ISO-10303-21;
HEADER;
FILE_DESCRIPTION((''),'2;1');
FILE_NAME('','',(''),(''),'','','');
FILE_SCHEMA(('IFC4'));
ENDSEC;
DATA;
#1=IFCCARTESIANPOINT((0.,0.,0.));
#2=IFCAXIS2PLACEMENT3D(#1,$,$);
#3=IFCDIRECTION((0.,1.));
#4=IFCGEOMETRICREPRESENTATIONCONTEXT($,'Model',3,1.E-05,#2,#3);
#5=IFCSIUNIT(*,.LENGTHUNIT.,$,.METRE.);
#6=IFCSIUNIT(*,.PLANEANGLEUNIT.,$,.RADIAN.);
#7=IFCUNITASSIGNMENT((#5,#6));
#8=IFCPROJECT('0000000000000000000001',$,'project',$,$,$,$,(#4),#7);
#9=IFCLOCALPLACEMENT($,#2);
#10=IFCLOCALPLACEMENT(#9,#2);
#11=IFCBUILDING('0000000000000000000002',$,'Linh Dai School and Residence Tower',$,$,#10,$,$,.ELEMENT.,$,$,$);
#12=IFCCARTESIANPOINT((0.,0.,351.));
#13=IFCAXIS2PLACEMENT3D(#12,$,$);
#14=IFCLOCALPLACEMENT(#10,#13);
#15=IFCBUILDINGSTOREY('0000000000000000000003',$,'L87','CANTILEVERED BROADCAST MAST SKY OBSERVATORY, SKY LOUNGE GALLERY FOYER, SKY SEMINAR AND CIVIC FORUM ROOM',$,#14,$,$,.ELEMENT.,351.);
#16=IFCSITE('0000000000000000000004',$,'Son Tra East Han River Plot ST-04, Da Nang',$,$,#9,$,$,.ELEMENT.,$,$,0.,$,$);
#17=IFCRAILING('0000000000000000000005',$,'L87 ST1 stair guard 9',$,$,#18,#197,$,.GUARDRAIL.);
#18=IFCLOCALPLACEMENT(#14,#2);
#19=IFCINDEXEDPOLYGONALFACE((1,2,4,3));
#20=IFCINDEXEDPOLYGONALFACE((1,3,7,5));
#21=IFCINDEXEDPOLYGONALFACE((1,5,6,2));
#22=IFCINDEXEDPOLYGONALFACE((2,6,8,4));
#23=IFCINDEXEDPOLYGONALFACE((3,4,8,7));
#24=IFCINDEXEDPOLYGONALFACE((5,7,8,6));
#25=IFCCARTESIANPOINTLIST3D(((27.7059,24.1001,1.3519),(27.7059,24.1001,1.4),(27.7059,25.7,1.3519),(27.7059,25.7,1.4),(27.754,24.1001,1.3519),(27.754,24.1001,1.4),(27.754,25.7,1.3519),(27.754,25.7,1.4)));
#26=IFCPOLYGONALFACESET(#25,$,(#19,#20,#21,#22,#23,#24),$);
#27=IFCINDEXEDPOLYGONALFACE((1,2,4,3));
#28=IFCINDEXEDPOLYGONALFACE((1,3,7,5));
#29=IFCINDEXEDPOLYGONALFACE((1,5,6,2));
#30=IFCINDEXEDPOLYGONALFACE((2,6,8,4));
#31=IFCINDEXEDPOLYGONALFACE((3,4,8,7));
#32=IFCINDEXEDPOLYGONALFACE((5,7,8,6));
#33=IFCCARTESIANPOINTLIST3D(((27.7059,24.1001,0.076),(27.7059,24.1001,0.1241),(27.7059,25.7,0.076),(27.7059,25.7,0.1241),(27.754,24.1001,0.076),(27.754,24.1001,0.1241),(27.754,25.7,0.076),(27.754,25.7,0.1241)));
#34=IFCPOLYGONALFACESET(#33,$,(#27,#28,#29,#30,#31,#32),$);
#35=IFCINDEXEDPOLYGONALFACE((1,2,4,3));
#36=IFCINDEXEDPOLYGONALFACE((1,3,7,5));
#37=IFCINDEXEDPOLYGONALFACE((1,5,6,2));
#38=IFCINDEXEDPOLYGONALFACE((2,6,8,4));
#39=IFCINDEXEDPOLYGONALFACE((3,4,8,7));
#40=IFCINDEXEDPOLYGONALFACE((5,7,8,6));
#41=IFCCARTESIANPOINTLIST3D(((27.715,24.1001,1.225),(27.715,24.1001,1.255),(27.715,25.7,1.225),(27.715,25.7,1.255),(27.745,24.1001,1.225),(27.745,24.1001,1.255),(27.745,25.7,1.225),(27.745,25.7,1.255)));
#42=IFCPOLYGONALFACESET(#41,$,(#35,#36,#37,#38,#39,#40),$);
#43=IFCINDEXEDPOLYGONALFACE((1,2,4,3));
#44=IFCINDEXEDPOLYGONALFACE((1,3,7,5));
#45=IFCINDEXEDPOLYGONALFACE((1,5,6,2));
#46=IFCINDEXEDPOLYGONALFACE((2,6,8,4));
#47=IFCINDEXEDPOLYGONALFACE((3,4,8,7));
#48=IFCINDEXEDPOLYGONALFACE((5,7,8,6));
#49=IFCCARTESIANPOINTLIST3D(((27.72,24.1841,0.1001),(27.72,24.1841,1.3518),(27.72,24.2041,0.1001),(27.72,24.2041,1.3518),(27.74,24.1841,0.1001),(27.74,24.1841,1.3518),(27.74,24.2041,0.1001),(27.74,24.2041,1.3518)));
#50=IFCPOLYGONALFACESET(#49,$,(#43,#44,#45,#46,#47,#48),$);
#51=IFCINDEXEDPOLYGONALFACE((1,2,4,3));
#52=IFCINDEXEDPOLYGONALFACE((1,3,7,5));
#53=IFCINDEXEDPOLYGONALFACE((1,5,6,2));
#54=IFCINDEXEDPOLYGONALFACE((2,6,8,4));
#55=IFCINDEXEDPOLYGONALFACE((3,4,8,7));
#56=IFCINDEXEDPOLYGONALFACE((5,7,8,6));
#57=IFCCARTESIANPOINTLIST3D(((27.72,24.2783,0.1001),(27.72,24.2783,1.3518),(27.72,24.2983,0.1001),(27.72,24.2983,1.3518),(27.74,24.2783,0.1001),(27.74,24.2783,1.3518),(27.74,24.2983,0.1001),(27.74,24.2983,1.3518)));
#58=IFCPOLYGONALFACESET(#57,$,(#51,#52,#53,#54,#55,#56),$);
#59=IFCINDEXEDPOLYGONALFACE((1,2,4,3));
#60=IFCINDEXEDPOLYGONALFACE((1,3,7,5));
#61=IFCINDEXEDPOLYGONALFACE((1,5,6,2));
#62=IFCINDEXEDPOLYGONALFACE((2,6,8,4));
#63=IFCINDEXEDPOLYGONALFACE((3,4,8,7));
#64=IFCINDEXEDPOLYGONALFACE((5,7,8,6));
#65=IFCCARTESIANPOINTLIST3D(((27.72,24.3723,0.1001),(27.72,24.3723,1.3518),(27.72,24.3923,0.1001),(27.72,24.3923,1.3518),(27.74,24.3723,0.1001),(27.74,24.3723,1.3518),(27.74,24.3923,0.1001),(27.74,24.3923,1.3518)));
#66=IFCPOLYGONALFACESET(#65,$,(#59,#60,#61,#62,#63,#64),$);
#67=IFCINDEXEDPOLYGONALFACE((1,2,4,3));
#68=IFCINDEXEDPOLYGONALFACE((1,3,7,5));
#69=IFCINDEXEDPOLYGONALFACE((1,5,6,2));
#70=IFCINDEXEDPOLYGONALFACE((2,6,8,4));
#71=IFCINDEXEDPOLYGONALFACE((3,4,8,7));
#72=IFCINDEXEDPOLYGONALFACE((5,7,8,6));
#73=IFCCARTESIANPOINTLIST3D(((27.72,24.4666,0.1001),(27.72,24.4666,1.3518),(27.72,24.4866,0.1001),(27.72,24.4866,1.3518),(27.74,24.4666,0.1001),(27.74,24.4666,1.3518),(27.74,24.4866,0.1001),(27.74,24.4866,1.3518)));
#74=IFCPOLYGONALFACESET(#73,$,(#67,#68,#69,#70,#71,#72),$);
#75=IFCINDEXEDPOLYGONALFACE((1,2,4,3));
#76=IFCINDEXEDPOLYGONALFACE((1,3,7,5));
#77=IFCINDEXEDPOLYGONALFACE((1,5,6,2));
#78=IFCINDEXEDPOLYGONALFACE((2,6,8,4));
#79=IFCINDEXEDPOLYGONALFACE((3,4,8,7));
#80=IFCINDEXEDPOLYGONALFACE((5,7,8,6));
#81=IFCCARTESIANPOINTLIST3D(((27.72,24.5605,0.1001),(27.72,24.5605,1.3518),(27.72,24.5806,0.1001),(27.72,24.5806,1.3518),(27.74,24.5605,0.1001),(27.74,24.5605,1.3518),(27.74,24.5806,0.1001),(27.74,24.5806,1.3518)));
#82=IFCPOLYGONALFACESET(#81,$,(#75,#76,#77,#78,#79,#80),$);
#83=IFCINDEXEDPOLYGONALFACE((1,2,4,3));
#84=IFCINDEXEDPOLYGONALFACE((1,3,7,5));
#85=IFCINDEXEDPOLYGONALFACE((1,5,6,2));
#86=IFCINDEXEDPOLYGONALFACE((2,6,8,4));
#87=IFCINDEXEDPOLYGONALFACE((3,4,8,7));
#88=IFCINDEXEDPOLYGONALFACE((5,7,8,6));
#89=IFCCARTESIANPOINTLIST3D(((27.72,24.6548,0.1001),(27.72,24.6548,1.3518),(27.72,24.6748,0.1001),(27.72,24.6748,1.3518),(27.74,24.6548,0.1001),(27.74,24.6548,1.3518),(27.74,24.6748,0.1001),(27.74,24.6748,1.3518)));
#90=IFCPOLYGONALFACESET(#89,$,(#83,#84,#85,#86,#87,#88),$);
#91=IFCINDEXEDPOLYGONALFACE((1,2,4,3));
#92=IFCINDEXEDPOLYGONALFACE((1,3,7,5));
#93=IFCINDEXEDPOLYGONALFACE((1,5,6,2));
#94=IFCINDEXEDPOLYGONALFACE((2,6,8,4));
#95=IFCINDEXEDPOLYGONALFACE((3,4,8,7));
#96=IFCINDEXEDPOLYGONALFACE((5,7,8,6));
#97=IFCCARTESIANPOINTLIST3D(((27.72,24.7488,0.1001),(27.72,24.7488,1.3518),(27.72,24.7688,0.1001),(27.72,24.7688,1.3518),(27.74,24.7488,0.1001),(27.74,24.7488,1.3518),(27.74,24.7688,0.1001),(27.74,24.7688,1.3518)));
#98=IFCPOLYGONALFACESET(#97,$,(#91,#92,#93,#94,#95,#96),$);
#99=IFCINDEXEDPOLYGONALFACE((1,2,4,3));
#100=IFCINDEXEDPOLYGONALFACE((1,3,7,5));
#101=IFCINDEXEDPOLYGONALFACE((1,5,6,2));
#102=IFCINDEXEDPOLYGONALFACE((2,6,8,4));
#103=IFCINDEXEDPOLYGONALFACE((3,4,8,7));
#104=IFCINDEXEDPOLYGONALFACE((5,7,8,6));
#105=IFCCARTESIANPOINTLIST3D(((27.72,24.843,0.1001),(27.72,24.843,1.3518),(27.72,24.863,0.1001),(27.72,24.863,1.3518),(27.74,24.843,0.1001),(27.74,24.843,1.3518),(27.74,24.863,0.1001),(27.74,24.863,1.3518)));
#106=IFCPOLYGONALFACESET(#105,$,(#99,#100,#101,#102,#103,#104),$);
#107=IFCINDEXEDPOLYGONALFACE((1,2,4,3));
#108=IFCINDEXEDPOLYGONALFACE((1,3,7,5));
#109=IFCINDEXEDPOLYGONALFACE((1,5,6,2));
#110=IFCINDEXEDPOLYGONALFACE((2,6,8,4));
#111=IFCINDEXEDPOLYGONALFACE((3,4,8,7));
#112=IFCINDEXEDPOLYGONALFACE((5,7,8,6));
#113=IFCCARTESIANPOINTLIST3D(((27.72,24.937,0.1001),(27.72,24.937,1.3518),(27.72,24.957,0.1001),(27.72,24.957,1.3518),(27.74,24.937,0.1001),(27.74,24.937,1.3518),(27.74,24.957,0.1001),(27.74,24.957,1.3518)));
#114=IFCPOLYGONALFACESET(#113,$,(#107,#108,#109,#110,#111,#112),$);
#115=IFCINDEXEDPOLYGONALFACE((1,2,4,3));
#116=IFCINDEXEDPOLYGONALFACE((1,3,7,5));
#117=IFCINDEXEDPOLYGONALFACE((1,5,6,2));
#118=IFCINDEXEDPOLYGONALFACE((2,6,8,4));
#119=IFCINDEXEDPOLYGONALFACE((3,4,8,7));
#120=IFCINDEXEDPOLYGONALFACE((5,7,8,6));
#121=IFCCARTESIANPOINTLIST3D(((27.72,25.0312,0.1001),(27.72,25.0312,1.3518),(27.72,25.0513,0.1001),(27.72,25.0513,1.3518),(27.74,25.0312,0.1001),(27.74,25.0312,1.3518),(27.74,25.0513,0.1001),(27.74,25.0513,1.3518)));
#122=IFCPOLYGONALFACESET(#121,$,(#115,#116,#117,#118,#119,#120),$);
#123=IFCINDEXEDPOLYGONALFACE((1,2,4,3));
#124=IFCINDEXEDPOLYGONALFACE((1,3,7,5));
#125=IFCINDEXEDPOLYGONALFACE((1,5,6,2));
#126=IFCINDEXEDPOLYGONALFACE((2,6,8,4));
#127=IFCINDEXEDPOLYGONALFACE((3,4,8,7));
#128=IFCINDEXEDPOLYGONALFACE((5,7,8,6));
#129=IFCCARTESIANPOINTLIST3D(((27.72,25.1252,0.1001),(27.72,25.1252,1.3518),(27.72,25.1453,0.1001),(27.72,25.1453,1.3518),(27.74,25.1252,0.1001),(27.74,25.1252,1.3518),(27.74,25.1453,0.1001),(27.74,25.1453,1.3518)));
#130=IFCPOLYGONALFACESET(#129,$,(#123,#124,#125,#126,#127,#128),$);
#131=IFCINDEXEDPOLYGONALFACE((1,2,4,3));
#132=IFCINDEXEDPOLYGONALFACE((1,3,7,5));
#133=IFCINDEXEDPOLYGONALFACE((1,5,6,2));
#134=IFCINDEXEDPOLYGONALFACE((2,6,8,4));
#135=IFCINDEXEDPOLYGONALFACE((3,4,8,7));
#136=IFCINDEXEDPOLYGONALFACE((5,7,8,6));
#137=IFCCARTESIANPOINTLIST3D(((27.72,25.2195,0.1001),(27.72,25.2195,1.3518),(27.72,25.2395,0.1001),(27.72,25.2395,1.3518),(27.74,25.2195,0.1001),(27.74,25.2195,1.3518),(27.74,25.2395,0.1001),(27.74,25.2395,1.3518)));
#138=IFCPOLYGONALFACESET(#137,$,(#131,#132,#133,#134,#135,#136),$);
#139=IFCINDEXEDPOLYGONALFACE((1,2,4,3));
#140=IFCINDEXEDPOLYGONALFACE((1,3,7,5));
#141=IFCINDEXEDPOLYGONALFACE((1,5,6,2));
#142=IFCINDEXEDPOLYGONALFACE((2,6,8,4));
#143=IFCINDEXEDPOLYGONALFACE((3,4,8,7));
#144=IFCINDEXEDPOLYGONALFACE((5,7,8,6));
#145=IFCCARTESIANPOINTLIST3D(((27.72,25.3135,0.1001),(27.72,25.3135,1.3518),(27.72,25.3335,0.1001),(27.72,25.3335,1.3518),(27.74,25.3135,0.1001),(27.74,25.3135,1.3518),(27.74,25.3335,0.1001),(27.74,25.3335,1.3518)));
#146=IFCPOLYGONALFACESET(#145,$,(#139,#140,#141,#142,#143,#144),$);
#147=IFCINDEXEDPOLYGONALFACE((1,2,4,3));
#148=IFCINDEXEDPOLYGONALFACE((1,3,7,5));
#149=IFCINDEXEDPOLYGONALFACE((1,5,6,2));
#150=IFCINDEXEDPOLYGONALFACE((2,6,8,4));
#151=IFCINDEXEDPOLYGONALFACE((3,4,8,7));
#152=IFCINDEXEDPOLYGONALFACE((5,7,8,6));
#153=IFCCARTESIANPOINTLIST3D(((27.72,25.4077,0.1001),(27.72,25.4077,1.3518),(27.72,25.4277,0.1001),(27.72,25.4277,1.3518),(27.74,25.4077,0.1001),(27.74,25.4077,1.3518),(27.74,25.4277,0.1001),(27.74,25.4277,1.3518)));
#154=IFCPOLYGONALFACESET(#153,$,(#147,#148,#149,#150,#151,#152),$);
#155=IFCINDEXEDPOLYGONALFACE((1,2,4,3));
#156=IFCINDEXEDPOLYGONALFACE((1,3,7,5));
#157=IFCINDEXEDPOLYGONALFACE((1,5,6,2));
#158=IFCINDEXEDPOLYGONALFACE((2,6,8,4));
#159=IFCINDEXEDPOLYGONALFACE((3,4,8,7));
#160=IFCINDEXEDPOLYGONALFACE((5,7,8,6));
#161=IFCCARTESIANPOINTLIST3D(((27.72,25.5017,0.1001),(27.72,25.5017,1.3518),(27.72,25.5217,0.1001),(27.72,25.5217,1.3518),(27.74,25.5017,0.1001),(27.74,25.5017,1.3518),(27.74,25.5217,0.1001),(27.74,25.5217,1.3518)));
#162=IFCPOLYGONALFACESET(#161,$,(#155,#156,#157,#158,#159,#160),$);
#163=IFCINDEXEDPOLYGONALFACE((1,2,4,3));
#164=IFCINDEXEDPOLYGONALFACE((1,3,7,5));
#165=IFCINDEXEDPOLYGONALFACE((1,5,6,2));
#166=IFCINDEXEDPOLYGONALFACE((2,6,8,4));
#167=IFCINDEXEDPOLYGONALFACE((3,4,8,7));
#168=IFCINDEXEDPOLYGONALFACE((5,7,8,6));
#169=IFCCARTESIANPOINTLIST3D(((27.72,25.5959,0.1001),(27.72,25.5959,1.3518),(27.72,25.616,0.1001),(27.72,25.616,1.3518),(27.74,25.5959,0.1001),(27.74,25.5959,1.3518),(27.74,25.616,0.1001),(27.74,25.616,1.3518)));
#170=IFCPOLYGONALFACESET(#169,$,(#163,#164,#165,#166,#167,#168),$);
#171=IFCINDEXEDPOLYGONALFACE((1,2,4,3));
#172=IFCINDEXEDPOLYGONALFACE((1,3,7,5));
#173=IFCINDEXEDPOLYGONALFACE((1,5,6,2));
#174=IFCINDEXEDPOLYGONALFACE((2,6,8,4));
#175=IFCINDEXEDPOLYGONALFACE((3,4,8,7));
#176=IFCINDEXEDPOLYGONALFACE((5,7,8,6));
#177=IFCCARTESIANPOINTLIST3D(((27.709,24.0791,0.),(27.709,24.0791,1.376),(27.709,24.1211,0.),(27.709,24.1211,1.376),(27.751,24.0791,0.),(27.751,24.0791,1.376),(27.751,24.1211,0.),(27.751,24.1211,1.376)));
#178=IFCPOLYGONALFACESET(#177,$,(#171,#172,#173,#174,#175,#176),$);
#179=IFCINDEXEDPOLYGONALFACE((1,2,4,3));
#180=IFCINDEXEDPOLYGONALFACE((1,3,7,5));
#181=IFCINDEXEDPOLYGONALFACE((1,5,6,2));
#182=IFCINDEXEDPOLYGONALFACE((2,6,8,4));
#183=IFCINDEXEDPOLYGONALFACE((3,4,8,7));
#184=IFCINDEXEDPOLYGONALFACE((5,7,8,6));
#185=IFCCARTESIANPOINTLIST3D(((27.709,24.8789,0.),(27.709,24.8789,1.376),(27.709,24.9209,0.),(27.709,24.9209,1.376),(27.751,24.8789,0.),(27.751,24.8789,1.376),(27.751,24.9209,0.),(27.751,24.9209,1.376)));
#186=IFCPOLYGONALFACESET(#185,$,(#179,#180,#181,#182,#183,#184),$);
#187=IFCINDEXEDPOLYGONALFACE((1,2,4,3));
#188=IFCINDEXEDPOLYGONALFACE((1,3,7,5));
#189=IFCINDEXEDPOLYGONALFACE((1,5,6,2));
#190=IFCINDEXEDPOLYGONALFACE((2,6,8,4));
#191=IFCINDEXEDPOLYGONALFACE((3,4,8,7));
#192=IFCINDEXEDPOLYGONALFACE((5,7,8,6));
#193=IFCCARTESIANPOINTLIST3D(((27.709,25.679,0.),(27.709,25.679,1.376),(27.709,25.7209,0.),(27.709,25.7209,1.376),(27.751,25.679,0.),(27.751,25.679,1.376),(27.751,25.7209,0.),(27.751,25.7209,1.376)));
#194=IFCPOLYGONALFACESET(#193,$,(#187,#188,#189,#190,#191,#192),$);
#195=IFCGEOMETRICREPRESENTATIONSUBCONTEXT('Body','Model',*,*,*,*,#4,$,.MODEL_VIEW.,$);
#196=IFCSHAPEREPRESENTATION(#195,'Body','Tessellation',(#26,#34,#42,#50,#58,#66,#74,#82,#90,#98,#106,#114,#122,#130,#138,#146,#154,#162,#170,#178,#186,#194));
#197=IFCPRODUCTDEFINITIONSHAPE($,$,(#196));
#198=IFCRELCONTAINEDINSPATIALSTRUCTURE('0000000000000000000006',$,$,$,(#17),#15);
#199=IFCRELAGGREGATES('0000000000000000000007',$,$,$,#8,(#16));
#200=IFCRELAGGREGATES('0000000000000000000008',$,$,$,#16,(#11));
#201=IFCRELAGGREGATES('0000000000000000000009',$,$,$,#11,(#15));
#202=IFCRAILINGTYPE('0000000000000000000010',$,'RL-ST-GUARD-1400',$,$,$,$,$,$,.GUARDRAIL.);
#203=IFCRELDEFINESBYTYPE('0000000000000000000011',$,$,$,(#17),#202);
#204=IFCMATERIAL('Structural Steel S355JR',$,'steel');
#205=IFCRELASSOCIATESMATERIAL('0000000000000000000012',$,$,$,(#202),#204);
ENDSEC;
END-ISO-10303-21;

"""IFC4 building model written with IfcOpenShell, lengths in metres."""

from ifc_helpers import new_model, si_unit, direction, frame, origin, origin_2d, place, context, subcontext, project, spatial, rectangle, extrude, source, transform, mapped, material, type_object, element, save


model = new_model("IFC4")

# Units and contexts
model_context = context("Model", 3, precision=1e-05, world=origin(), true_north=direction((0.0, 1.0)))
body_context = subcontext(model_context, "Body", "Model", "MODEL_VIEW")
ifc_project = project(units=[si_unit("LENGTHUNIT", "METRE"), si_unit("PLANEANGLEUNIT", "RADIAN")], contexts=[model_context])

# Site, building, storey
site_placement = place(None, origin())
site = spatial("IfcSite", under=ifc_project, at=site_placement, Name="Son Tra East Han River Plot ST-04, Da Nang", CompositionType="ELEMENT", RefElevation=0.0)
building_placement = place(site_placement, origin())
building = spatial("IfcBuilding", under=site, at=building_placement, Name="Linh Dai School and Residence Tower", CompositionType="ELEMENT")
storey_placement = place(building_placement, frame((0.0, 0.0, 351.0)))
storey = spatial("IfcBuildingStorey", under=building, at=storey_placement, Name="L87", Description="CANTILEVERED BROADCAST MAST SKY OBSERVATORY, SKY LOUNGE GALLERY FOYER, SKY SEMINAR AND CIVIC FORUM ROOM", CompositionType="ELEMENT", Elevation=351.0)

# Shared definitions
ifc_material_1 = material(Name="Structural Steel S355JR", Category="steel")

# Railing
railing_type_1 = type_object("IfcRailingType", Name="RL-ST-GUARD-1400", PredefinedType="GUARDRAIL", material=ifc_material_1)
shared_shape_1 = source(origin(), body_context, "Body", "SweptSolid", [
    extrude(rectangle(XDim=0.0481, YDim=0.0481, at=origin_2d()), frame((0.0, 0.0, 1.376), z_axis=(0.0, 1.0, 0.0), x_axis=(-1.0, 0.0, 0.0)), (0.0, 0.0, 1.0), 1.5999),
    extrude(rectangle(XDim=0.0481, YDim=0.0481, at=origin_2d()), frame((0.0, 0.0, 0.1001), z_axis=(0.0, 1.0, 0.0), x_axis=(-1.0, 0.0, 0.0)), (0.0, 0.0, 1.0), 1.5999),
    extrude(rectangle(XDim=0.03, YDim=0.03, at=origin_2d()), frame((0.0, 0.0, 1.24), z_axis=(0.0, 1.0, 0.0), x_axis=(-1.0, 0.0, 0.0)), (0.0, 0.0, 1.0), 1.5999),
    extrude(rectangle(XDim=0.02, YDim=0.02, at=origin_2d()), frame((0.0, 0.094, 0.1001)), (0.0, 0.0, 1.0), 1.2517),
    extrude(rectangle(XDim=0.02, YDim=0.02, at=origin_2d()), frame((0.0, 0.1882, 0.1001)), (0.0, 0.0, 1.0), 1.2517),
    extrude(rectangle(XDim=0.02, YDim=0.02, at=origin_2d()), frame((0.0, 0.2822, 0.1001)), (0.0, 0.0, 1.0), 1.2517),
    extrude(rectangle(XDim=0.02, YDim=0.02, at=origin_2d()), frame((0.0, 0.3765, 0.1001)), (0.0, 0.0, 1.0), 1.2517),
    extrude(rectangle(XDim=0.02, YDim=0.02, at=origin_2d()), frame((0.0, 0.4705, 0.1001)), (0.0, 0.0, 1.0), 1.2517),
    extrude(rectangle(XDim=0.02, YDim=0.02, at=origin_2d()), frame((0.0, 0.5647, 0.1001)), (0.0, 0.0, 1.0), 1.2517),
    extrude(rectangle(XDim=0.02, YDim=0.02, at=origin_2d()), frame((0.0, 0.6587, 0.1001)), (0.0, 0.0, 1.0), 1.2517),
    extrude(rectangle(XDim=0.02, YDim=0.02, at=origin_2d()), frame((0.0, 0.7529, 0.1001)), (0.0, 0.0, 1.0), 1.2517),
    extrude(rectangle(XDim=0.02, YDim=0.02, at=origin_2d()), frame((0.0, 0.8469, 0.1001)), (0.0, 0.0, 1.0), 1.2517),
    extrude(rectangle(XDim=0.02, YDim=0.02, at=origin_2d()), frame((0.0, 0.9412, 0.1001)), (0.0, 0.0, 1.0), 1.2517),
    extrude(rectangle(XDim=0.02, YDim=0.02, at=origin_2d()), frame((0.0, 1.0352, 0.1001)), (0.0, 0.0, 1.0), 1.2517),
    extrude(rectangle(XDim=0.02, YDim=0.02, at=origin_2d()), frame((0.0, 1.1294, 0.1001)), (0.0, 0.0, 1.0), 1.2517),
    extrude(rectangle(XDim=0.02, YDim=0.02, at=origin_2d()), frame((0.0, 1.2234, 0.1001)), (0.0, 0.0, 1.0), 1.2517),
    extrude(rectangle(XDim=0.02, YDim=0.02, at=origin_2d()), frame((0.0, 1.3176, 0.1001)), (0.0, 0.0, 1.0), 1.2517),
    extrude(rectangle(XDim=0.02, YDim=0.02, at=origin_2d()), frame((0.0, 1.4116, 0.1001)), (0.0, 0.0, 1.0), 1.2517),
    extrude(rectangle(XDim=0.02, YDim=0.02, at=origin_2d()), frame((0.0, 1.5059, 0.1001)), (0.0, 0.0, 1.0), 1.2517),
    extrude(rectangle(XDim=0.042, YDim=0.042, at=origin_2d()), origin(), (0.0, 0.0, 1.0), 1.376),
    extrude(rectangle(XDim=0.042, YDim=0.042, at=origin_2d()), frame((0.0, 0.7998, 0.0)), (0.0, 0.0, 1.0), 1.376),
    extrude(rectangle(XDim=0.042, YDim=0.042, at=origin_2d()), frame((0.0, 1.5999, 0.0)), (0.0, 0.0, 1.0), 1.376),
])
for number, where, name in (
    (1, (27.73, 24.1001, 0.0), "L87 ST1 stair guard 9"),
):
    element("IfcRailing", number, at=place(storey_placement, frame(where)), inside=storey, type_object=railing_type_1, Name=name, PredefinedType="GUARDRAIL", context=body_context, shape_type="MappedRepresentation", body=[
        mapped(shared_shape_1, transform((0.0, 0.0, 0.0), x_axis=(1.0, 0.0, 0.0), y_axis=(0.0, 1.0, 0.0), z_axis=(0.0, 0.0, 1.0), scale=1.0)),
    ])

save(model, "model.ifc")
